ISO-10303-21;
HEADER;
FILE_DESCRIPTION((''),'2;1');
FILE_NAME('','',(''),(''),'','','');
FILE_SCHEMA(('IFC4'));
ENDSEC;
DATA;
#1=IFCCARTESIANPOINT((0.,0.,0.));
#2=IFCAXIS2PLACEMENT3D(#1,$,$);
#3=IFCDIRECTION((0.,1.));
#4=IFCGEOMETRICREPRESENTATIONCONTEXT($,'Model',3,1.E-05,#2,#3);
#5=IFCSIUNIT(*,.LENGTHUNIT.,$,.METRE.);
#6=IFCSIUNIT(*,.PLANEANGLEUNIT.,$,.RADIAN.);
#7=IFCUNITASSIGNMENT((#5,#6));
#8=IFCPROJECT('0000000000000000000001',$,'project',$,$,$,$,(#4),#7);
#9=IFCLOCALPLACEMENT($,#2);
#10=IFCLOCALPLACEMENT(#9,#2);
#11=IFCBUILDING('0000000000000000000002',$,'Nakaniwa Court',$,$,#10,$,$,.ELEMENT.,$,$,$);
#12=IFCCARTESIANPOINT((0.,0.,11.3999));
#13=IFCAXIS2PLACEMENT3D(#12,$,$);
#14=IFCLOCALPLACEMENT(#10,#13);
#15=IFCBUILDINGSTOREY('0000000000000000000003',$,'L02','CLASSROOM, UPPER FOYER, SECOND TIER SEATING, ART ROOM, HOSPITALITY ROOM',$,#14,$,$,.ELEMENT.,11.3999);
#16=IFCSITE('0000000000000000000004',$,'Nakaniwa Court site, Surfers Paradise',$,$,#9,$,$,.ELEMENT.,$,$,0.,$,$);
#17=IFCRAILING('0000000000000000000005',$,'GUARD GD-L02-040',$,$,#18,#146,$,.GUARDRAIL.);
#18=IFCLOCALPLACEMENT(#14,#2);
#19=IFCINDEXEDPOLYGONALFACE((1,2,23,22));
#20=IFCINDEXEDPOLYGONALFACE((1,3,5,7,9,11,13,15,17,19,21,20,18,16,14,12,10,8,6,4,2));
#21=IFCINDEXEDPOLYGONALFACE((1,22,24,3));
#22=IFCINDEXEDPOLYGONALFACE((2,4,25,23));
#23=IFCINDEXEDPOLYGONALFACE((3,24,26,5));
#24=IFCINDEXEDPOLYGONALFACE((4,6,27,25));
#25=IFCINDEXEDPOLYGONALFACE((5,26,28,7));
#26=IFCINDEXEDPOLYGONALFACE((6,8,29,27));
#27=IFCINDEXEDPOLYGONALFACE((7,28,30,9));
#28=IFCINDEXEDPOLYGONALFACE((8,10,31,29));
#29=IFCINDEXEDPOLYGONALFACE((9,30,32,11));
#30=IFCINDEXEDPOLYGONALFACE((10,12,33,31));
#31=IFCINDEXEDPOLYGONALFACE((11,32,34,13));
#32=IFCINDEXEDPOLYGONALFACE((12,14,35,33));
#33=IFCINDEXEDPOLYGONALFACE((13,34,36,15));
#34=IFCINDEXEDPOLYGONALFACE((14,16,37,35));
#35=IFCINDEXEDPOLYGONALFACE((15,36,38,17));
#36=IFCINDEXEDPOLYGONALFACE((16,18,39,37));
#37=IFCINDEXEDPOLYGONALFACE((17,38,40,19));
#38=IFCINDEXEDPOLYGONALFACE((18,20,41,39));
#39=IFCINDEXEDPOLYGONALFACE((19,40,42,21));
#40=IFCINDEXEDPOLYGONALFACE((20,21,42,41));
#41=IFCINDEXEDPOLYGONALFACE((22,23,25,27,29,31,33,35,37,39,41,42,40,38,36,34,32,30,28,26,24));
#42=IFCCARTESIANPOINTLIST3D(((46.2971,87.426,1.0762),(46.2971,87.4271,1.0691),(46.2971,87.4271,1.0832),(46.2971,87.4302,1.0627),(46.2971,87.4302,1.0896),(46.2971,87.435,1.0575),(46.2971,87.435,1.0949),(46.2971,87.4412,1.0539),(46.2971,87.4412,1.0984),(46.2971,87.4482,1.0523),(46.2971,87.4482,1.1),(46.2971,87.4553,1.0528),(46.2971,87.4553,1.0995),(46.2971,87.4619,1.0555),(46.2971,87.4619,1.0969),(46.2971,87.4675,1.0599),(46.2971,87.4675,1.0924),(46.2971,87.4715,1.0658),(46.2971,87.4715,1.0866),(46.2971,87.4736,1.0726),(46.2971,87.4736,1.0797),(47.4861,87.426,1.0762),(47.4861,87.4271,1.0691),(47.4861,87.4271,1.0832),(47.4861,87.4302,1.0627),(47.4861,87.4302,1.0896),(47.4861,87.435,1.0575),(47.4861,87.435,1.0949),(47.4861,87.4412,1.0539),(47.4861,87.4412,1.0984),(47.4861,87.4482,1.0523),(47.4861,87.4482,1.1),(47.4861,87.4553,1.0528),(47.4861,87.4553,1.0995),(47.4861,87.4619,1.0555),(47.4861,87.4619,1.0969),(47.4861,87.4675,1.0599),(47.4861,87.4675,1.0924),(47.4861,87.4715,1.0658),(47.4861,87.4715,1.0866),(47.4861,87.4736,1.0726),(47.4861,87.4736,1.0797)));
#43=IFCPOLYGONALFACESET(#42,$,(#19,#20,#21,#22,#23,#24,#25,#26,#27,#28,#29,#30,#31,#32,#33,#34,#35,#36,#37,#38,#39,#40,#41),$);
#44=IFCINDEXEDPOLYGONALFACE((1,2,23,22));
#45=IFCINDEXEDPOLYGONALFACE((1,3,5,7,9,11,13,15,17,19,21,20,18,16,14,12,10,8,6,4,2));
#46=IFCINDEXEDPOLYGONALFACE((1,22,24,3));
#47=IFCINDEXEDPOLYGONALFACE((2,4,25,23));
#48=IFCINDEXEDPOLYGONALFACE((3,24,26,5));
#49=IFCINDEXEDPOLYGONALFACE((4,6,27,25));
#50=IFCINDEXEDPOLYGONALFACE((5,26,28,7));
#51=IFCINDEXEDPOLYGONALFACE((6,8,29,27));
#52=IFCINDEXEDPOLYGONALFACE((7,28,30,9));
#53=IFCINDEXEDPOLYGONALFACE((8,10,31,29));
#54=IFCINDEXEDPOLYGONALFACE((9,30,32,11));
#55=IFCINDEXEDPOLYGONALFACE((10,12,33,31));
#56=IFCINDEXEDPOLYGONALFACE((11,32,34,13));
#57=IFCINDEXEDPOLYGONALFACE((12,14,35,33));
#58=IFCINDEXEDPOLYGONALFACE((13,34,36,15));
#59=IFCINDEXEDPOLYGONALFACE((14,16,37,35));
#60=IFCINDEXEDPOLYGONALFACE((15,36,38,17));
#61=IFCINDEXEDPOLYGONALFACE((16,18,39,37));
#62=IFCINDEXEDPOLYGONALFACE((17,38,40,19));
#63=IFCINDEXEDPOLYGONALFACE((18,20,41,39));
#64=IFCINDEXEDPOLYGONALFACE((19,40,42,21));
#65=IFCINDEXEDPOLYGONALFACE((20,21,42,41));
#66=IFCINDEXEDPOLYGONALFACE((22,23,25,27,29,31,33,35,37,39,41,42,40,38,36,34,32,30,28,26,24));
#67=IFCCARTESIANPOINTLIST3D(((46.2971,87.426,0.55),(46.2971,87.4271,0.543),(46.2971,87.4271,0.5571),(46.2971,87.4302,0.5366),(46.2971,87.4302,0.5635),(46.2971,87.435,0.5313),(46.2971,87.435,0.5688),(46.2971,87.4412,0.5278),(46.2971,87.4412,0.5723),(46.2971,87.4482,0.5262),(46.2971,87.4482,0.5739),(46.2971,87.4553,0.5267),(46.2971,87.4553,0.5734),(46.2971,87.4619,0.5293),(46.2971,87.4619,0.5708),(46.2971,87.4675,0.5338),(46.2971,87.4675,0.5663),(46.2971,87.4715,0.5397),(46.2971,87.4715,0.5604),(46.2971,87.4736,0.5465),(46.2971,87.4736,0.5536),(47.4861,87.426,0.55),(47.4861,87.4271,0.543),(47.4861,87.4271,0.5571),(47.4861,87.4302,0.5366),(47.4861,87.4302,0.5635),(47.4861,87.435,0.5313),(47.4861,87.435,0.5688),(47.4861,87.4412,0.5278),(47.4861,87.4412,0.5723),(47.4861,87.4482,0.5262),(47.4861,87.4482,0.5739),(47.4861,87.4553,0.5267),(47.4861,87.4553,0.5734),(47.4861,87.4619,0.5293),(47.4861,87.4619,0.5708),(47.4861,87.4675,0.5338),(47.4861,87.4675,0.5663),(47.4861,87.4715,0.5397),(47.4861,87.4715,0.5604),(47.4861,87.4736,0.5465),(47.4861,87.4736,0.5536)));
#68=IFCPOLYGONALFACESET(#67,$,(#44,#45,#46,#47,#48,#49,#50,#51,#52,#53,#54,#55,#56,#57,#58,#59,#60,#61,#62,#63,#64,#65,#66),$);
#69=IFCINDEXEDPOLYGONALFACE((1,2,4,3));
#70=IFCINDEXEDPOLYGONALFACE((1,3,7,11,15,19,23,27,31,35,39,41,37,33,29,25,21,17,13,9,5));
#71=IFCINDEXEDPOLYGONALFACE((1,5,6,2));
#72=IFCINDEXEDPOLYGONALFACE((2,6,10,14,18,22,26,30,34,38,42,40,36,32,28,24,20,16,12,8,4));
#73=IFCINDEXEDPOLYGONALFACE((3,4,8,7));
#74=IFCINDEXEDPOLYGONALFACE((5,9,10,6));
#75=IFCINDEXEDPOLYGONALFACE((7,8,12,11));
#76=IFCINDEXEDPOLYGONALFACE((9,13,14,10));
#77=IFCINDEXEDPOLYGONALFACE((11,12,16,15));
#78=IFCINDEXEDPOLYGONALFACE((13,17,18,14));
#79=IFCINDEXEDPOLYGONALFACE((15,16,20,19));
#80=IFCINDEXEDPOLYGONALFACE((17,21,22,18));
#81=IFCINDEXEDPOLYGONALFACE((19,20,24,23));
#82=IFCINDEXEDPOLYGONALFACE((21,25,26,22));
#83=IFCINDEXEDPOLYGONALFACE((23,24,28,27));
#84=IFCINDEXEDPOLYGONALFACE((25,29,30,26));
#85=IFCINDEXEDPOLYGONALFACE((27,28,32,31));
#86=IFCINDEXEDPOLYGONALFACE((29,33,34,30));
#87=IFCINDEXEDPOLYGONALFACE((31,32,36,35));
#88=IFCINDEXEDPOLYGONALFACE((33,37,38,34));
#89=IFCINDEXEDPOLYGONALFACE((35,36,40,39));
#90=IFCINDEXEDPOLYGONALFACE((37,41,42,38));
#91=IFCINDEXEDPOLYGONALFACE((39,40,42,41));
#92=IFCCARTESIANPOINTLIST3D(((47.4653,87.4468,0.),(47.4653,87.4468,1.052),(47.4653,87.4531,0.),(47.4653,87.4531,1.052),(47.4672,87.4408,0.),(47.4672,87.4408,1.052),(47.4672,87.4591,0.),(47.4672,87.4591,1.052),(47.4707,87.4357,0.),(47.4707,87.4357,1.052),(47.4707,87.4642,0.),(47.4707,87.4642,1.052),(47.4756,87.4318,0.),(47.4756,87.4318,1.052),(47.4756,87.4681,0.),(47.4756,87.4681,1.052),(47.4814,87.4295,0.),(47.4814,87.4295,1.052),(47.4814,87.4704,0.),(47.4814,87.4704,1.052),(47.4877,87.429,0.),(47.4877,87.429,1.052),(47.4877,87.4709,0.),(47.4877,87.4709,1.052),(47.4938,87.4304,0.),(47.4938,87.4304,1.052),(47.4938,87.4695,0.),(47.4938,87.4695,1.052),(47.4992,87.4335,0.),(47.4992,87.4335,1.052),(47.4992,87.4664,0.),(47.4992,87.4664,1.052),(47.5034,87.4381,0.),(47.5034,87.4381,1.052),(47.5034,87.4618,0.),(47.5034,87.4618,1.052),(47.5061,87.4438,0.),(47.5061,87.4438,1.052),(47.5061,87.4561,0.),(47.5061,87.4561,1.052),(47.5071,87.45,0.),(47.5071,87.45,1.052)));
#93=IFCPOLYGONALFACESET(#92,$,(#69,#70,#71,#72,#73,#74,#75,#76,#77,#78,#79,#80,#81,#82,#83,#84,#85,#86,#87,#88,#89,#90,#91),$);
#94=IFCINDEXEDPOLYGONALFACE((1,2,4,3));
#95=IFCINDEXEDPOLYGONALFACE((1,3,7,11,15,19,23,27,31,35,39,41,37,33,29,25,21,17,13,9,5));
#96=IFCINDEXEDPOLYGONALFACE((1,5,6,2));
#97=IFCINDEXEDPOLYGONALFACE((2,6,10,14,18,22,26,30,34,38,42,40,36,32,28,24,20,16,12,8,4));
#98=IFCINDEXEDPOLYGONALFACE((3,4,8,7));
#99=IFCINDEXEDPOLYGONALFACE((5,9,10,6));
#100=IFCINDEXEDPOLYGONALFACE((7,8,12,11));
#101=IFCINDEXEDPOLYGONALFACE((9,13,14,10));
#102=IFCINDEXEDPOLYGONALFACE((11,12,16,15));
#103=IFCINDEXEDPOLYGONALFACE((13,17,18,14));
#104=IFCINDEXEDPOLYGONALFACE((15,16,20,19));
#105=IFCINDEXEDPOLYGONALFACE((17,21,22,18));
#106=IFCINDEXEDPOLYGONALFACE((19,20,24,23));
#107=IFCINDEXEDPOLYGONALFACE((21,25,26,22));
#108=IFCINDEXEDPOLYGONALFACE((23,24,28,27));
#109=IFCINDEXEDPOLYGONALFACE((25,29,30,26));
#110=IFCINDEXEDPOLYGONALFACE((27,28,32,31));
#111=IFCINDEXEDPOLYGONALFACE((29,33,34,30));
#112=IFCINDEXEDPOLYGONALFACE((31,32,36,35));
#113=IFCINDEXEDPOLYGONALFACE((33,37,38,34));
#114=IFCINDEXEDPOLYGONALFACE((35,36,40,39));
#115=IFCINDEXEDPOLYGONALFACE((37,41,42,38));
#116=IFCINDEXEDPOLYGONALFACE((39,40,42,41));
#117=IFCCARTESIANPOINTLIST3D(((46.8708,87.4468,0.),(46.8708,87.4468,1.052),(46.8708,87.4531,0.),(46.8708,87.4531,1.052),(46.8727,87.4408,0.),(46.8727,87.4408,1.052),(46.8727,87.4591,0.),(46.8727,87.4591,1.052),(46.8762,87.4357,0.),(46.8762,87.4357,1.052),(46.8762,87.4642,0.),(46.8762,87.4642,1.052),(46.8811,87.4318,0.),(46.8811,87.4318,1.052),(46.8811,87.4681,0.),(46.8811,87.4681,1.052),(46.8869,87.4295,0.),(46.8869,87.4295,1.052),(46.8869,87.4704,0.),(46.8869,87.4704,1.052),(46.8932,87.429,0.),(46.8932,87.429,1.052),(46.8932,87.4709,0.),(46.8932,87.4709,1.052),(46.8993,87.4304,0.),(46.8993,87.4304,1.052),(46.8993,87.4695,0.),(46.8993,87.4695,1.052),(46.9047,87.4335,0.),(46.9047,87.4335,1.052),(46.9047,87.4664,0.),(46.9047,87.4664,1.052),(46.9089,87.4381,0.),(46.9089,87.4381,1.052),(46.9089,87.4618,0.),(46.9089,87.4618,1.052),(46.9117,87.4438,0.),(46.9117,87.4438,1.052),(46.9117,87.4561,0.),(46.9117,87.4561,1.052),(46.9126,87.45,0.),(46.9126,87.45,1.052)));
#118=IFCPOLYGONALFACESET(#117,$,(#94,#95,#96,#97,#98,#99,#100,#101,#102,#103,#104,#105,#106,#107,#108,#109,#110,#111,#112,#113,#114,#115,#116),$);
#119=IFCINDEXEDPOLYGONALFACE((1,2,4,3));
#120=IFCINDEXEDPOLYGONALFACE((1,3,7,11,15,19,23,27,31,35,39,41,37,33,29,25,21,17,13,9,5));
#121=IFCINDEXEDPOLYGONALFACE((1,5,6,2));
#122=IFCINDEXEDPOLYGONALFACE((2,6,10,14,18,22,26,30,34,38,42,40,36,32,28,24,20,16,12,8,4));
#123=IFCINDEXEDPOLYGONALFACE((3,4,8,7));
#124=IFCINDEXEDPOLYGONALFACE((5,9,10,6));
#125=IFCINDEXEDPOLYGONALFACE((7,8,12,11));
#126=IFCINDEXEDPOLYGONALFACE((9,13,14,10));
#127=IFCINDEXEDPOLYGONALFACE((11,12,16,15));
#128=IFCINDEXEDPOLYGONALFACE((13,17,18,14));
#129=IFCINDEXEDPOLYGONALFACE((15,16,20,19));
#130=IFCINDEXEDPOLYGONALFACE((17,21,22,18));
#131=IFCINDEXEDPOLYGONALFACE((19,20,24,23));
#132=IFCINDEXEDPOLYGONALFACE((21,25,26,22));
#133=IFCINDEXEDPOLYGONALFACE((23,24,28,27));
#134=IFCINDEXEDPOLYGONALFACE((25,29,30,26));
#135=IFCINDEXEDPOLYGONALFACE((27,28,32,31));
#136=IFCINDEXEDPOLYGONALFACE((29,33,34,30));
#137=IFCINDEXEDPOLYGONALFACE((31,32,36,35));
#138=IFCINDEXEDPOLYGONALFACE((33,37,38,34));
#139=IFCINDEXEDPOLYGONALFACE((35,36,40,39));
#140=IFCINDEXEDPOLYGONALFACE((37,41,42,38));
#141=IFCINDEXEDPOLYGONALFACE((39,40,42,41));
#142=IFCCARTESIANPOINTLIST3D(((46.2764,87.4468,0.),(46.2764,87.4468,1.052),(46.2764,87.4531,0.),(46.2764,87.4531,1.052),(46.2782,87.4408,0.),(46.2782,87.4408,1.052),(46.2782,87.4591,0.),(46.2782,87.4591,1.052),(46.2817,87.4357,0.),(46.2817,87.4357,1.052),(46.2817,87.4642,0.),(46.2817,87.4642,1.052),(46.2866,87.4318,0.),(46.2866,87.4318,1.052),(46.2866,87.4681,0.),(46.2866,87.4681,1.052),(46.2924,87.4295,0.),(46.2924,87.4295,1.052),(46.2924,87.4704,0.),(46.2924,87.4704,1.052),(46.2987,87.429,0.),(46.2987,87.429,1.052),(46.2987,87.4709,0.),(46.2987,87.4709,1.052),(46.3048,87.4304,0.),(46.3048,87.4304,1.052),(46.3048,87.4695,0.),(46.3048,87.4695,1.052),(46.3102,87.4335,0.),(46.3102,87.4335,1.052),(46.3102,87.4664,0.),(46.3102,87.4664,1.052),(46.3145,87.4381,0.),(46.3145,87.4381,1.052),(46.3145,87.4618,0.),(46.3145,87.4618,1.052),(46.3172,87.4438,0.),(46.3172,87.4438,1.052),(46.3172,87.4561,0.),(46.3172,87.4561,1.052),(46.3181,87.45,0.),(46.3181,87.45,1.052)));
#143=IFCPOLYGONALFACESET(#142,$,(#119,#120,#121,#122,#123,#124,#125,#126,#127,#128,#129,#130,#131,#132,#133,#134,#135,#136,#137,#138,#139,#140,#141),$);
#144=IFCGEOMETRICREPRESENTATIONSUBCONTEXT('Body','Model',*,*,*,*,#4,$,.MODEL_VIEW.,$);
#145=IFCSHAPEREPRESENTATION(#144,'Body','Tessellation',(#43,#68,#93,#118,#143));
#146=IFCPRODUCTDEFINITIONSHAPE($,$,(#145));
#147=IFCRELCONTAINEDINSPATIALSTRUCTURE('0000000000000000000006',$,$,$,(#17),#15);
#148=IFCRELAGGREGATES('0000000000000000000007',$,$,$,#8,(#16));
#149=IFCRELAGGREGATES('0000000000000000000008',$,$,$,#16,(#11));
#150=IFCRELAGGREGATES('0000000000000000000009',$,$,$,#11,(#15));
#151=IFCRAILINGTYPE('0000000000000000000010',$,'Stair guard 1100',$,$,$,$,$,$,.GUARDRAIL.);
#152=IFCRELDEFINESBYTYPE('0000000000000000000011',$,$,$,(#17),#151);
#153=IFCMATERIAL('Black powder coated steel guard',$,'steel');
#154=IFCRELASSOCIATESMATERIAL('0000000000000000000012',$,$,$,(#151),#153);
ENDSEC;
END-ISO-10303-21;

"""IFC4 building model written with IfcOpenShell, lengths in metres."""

from ifc_helpers import new_model, si_unit, direction, frame, origin, origin_2d, place, context, subcontext, project, spatial, circle, extrude, material, type_object, element, save


model = new_model("IFC4")

# Units and contexts
model_context = context("Model", 3, precision=1e-05, world=origin(), true_north=direction((0.0, 1.0)))
body_context = subcontext(model_context, "Body", "Model", "MODEL_VIEW")
ifc_project = project(units=[si_unit("LENGTHUNIT", "METRE"), si_unit("PLANEANGLEUNIT", "RADIAN")], contexts=[model_context])

# Site, building, storey
site_placement = place(None, origin())
site = spatial("IfcSite", under=ifc_project, at=site_placement, Name="Nakaniwa Court site, Surfers Paradise", CompositionType="ELEMENT", RefElevation=0.0)
building_placement = place(site_placement, origin())
building = spatial("IfcBuilding", under=site, at=building_placement, Name="Nakaniwa Court", CompositionType="ELEMENT")
storey_placement = place(building_placement, frame((0.0, 0.0, 11.3999)))
storey = spatial("IfcBuildingStorey", under=building, at=storey_placement, Name="L02", Description="CLASSROOM, UPPER FOYER, SECOND TIER SEATING, ART ROOM, HOSPITALITY ROOM", CompositionType="ELEMENT", Elevation=11.3999)

# Railing
ifc_material_1 = material(Name="Black powder coated steel guard", Category="steel")
railing_type_1 = type_object("IfcRailingType", Name="Stair guard 1100", PredefinedType="GUARDRAIL", material=ifc_material_1)
railing_1_placement = place(storey_placement, frame((47.4861, 87.45, 0.0)))
element("IfcRailing", 1, at=railing_1_placement, inside=storey, type_object=railing_type_1, Name="GUARD GD-L02-040", PredefinedType="GUARDRAIL", context=body_context, shape_type="SweptSolid", body=[
    extrude(circle(Radius=0.0239, at=origin_2d()), frame((0.0, 0.0, 1.0762), z_axis=(-1.0, 0.0, 0.0), x_axis=(0.0, -1.0, 0.0)), (0.0, 0.0, 1.0), 1.189),
    extrude(circle(Radius=0.0239, at=origin_2d()), frame((0.0, 0.0, 0.55), z_axis=(-1.0, 0.0, 0.0), x_axis=(0.0, -1.0, 0.0)), (0.0, 0.0, 1.0), 1.189),
    extrude(circle(Radius=0.021, at=origin_2d()), origin(), (0.0, 0.0, 1.0), 1.052),
    extrude(circle(Radius=0.021, at=origin_2d()), frame((-0.5945, 0.0, 0.0)), (0.0, 0.0, 1.0), 1.052),
    extrude(circle(Radius=0.021, at=origin_2d()), frame((-1.189, 0.0, 0.0)), (0.0, 0.0, 1.0), 1.052),
])

save(model, "model.ifc")
